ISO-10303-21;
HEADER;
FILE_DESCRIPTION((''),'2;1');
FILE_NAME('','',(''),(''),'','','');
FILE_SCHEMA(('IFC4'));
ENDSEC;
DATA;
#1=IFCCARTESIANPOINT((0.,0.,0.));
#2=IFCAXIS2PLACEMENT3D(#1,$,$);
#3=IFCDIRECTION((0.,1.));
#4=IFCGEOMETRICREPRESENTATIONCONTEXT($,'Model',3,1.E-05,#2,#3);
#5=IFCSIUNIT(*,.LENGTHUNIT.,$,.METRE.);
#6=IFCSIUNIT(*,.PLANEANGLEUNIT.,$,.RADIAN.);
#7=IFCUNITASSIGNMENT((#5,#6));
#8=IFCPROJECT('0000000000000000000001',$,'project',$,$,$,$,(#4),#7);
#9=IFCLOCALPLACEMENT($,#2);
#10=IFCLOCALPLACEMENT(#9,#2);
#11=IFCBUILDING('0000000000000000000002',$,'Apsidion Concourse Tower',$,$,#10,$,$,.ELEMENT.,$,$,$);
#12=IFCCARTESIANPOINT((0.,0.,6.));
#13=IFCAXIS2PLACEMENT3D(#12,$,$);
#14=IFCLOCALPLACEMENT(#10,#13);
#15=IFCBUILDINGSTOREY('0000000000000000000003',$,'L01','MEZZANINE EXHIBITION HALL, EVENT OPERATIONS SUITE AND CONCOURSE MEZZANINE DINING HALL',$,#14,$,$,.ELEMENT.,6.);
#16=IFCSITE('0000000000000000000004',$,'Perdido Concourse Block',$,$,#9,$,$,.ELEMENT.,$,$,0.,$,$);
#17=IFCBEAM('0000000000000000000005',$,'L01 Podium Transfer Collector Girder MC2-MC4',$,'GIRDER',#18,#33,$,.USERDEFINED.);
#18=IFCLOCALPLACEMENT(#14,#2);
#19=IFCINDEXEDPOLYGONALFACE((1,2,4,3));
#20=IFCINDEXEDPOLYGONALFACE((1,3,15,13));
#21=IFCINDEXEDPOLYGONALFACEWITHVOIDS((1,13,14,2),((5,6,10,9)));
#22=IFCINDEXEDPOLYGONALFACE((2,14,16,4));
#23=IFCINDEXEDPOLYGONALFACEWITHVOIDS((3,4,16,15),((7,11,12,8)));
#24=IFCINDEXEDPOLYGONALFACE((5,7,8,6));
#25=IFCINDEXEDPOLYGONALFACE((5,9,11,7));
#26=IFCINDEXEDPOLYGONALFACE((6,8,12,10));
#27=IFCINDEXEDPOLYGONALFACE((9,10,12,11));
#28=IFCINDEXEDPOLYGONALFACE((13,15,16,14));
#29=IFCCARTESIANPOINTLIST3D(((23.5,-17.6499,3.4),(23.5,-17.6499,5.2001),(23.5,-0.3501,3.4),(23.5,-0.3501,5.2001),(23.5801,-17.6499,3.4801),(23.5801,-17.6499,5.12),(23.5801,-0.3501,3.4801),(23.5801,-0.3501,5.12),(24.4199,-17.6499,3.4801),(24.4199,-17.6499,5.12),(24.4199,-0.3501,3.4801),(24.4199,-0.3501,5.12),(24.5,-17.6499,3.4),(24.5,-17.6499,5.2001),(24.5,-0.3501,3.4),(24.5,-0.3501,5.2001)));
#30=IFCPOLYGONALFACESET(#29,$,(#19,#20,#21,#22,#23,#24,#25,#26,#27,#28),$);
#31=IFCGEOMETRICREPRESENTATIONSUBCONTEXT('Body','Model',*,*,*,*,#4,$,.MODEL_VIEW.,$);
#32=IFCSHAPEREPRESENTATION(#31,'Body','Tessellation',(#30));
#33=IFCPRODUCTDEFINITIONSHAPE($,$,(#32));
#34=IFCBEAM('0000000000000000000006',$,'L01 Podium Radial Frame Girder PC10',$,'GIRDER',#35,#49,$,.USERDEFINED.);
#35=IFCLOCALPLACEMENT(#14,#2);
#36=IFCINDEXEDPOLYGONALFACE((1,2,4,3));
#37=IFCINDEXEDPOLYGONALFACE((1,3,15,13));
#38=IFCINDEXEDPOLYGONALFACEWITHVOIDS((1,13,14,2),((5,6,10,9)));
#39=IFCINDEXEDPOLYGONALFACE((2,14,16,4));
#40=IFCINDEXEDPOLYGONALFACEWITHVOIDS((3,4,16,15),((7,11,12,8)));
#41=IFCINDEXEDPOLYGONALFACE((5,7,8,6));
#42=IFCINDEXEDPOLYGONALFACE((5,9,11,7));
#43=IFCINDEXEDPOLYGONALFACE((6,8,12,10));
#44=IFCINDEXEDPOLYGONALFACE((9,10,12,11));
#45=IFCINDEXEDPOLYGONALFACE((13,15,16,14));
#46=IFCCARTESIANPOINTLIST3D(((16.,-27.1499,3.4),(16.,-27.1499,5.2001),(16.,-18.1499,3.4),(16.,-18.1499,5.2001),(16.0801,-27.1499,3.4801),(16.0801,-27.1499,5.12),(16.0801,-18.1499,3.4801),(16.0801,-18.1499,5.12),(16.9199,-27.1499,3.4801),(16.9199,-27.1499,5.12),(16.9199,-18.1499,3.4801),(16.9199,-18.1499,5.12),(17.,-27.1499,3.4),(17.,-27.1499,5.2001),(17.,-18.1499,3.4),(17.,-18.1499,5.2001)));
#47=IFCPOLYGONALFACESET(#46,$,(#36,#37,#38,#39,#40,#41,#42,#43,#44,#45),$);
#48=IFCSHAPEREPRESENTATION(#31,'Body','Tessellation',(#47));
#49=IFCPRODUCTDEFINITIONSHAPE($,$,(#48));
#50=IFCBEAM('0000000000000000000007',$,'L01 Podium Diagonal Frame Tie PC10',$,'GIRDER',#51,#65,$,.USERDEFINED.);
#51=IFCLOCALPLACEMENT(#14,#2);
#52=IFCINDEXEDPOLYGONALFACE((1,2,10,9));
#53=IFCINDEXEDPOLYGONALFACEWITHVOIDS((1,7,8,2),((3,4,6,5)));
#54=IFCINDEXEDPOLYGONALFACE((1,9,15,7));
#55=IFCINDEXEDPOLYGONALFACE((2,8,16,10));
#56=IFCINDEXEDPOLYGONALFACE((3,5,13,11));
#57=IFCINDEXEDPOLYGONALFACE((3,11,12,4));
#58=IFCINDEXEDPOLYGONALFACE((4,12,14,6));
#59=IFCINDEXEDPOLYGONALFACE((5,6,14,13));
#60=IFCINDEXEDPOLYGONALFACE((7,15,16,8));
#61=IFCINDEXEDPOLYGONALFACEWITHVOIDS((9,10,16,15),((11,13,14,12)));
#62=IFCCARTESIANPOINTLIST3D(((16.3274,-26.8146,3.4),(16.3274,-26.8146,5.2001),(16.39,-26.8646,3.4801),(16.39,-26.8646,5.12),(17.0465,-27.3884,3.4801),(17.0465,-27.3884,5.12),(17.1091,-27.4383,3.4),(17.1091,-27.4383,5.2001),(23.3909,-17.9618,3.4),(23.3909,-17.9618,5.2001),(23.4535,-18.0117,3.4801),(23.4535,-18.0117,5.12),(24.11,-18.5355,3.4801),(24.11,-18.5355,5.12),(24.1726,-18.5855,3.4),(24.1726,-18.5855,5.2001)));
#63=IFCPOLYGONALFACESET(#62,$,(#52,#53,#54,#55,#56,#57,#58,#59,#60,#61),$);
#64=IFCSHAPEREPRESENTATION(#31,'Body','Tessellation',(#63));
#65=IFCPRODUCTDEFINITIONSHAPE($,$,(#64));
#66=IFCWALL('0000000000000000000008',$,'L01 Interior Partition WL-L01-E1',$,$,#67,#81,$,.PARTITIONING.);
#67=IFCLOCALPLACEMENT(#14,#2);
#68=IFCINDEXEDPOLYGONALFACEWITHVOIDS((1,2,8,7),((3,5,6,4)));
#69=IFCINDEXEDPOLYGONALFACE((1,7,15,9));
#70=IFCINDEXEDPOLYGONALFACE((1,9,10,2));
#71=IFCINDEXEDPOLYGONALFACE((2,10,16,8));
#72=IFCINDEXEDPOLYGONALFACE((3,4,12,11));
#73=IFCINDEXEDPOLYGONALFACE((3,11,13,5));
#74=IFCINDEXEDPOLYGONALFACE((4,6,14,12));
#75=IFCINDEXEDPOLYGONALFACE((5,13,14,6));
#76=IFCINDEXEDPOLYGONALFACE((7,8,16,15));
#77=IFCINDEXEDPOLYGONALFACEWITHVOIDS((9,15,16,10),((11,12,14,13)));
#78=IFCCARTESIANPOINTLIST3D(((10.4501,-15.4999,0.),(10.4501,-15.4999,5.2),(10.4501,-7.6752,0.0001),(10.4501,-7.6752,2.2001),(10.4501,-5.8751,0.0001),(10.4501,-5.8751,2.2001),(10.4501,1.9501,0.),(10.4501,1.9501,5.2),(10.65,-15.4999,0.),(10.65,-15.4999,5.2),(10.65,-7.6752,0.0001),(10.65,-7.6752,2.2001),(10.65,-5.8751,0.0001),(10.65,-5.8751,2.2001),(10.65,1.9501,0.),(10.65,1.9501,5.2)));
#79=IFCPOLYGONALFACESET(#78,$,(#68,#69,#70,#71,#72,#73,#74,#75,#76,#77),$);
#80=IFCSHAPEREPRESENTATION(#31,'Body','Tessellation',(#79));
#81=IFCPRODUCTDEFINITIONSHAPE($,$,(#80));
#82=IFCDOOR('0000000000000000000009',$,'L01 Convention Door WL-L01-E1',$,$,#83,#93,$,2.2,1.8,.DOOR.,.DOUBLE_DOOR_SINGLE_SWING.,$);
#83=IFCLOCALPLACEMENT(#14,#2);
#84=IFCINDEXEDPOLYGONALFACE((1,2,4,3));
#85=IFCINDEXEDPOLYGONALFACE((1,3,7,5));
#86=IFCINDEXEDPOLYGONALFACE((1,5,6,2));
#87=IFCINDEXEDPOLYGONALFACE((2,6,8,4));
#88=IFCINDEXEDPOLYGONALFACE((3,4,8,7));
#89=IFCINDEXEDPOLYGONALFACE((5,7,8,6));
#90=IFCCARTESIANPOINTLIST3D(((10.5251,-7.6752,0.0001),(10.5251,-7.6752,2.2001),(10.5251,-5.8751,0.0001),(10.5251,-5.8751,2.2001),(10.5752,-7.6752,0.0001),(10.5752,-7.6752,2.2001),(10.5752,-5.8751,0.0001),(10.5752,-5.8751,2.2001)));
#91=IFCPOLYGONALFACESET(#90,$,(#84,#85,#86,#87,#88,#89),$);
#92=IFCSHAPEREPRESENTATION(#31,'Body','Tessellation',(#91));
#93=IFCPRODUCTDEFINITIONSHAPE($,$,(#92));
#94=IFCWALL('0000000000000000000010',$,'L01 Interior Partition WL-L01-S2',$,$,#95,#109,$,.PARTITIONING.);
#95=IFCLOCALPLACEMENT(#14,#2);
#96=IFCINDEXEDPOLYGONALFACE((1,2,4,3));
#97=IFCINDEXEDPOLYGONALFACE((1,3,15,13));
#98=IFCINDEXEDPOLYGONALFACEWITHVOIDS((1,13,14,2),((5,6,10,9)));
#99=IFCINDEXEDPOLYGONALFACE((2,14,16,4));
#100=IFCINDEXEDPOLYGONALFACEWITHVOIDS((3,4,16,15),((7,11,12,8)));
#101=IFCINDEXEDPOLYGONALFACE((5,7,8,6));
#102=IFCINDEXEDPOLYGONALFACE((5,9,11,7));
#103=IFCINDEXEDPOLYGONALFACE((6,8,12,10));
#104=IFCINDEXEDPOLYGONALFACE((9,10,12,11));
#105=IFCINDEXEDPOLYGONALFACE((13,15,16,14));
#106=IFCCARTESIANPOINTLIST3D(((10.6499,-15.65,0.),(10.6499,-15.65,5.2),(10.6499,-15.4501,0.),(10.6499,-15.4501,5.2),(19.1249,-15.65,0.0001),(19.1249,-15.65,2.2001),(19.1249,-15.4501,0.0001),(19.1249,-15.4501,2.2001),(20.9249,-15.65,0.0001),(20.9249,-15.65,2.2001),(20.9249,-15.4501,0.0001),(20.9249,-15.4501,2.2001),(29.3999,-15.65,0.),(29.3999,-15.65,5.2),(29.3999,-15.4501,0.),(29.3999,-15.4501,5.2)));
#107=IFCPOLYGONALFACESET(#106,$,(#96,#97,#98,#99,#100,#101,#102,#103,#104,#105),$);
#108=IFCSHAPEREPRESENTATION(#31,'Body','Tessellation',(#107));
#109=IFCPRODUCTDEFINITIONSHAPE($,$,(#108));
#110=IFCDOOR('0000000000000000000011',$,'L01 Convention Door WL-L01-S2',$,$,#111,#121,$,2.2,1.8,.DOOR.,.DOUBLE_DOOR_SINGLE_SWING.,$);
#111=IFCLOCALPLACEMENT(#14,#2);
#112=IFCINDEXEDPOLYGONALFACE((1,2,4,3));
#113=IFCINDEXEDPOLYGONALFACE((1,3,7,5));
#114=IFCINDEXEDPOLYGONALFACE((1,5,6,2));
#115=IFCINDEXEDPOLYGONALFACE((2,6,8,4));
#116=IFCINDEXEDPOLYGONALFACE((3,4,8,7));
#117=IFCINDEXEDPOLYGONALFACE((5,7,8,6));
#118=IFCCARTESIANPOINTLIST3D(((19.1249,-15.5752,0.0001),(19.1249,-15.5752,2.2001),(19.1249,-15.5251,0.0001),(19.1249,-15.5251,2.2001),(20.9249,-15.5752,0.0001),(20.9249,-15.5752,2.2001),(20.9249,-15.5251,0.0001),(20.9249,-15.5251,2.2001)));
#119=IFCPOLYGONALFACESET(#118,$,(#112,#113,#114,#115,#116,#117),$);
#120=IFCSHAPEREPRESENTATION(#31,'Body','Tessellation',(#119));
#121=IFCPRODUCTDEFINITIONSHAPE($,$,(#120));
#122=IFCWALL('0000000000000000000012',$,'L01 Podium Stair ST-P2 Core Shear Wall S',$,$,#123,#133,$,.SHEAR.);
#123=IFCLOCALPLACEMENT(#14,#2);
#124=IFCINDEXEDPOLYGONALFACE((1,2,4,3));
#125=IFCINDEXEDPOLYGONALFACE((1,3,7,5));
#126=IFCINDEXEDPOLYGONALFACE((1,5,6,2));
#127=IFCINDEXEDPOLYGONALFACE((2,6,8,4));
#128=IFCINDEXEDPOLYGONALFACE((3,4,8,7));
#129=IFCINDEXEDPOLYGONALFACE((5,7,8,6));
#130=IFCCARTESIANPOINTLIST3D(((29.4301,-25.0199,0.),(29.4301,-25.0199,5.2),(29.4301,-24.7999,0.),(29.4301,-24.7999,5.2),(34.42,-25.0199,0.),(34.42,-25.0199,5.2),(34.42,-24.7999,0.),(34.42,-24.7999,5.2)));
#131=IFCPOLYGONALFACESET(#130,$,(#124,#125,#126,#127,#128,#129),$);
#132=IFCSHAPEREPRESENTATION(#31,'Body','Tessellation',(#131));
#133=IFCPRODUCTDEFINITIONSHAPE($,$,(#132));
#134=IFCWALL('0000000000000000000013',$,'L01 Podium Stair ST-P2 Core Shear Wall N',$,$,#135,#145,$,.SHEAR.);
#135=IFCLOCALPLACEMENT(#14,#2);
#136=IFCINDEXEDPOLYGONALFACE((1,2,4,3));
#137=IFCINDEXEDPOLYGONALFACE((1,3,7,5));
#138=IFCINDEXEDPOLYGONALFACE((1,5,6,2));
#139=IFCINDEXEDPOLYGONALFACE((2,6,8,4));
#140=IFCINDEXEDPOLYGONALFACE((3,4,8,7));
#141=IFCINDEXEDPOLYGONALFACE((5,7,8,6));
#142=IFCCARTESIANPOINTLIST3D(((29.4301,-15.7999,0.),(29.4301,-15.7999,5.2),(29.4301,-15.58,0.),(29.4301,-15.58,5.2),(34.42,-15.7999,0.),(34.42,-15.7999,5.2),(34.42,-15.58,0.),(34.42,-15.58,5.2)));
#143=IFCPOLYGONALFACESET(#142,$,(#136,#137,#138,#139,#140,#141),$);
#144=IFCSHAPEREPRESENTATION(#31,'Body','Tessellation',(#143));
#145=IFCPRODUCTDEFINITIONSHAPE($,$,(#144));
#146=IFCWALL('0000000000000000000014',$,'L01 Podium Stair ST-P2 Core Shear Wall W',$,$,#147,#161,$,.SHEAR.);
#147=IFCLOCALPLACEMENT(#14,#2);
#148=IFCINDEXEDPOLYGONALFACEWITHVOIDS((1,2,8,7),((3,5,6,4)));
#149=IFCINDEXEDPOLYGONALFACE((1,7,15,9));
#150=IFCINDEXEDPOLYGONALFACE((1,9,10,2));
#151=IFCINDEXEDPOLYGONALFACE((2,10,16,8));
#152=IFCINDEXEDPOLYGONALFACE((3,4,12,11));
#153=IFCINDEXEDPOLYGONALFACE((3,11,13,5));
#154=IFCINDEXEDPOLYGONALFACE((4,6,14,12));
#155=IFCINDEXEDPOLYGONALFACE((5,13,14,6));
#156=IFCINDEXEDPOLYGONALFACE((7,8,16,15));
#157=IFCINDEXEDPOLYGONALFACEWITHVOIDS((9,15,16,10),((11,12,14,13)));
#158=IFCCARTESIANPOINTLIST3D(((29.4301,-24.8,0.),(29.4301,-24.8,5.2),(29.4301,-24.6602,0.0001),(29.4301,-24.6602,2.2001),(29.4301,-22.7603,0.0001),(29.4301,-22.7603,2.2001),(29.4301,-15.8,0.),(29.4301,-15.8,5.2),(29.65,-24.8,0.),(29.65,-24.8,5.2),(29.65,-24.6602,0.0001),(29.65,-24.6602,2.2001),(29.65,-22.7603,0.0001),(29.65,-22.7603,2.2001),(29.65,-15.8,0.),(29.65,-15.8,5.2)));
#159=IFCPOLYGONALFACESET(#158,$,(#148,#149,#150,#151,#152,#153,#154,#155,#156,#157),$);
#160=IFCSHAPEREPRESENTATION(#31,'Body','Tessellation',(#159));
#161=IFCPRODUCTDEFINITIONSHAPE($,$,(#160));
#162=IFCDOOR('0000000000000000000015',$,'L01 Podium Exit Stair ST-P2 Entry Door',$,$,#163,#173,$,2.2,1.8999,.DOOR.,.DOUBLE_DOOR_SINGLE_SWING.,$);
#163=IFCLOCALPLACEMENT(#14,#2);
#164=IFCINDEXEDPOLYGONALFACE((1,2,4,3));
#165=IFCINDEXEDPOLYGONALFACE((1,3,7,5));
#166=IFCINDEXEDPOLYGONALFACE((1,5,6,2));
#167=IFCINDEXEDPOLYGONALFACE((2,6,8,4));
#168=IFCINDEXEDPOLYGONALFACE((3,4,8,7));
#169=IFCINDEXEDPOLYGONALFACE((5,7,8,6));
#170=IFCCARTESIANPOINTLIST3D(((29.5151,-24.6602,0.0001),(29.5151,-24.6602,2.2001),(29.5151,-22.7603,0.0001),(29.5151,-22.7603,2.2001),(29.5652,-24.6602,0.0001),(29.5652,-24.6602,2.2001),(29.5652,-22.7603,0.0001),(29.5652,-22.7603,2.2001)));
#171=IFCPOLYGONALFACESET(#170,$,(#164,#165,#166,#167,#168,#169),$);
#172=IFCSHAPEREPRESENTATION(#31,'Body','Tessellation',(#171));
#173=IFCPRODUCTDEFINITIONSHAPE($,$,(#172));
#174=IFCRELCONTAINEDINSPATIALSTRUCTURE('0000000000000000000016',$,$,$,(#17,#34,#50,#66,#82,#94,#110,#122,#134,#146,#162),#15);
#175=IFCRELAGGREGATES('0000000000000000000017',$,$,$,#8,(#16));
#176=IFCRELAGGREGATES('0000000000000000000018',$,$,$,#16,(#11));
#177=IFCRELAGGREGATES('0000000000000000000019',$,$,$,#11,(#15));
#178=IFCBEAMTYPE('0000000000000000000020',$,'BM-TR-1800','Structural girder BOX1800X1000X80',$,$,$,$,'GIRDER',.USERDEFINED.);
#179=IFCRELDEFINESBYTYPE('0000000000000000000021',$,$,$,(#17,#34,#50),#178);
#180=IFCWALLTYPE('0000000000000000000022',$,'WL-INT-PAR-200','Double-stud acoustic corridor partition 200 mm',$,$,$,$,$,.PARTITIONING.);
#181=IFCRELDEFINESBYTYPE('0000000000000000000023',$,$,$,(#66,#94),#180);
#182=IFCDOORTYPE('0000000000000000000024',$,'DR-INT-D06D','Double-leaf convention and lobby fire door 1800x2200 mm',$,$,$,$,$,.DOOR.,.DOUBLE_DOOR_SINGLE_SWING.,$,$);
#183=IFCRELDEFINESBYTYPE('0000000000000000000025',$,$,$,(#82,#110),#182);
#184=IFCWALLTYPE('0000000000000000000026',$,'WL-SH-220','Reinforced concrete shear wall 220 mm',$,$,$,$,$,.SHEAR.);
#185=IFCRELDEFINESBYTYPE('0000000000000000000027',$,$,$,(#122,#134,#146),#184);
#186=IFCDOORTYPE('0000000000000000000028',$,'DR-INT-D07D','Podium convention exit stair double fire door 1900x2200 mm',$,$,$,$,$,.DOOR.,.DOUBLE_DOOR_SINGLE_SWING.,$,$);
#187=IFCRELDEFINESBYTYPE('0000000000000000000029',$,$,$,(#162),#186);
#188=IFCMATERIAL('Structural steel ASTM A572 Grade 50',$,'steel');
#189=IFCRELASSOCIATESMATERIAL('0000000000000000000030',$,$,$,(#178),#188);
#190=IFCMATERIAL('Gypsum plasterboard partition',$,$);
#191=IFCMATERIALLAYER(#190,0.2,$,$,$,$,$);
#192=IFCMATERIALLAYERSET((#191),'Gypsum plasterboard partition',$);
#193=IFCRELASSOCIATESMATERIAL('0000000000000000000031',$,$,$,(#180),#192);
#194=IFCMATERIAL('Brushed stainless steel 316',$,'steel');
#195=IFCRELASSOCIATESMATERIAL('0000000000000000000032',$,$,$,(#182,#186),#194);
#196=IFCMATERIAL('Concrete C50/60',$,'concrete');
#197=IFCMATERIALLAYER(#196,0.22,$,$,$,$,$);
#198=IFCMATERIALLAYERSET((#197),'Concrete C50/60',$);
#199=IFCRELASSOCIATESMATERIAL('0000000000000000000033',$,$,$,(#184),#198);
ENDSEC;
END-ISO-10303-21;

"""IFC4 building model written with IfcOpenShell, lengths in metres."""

from ifc_helpers import new_model, si_unit, direction, frame, frame_2d, origin, origin_2d, place, context, subcontext, project, spatial, rectangle, hollow_rectangle, extrude, material, layer, layer_set, material_profile, profile_set, type_object, element, fill, save


model = new_model("IFC4")

# Units and contexts
model_context = context("Model", 3, precision=1e-05, world=origin(), true_north=direction((0.0, 1.0)))
body_context = subcontext(model_context, "Body", "Model", "MODEL_VIEW")
ifc_project = project(units=[si_unit("LENGTHUNIT", "METRE"), si_unit("PLANEANGLEUNIT", "RADIAN")], contexts=[model_context])

# Site, building, storey
site_placement = place(None, origin())
site = spatial("IfcSite", under=ifc_project, at=site_placement, Name="Perdido Concourse Block", CompositionType="ELEMENT", RefElevation=0.0)
building_placement = place(site_placement, origin())
building = spatial("IfcBuilding", under=site, at=building_placement, Name="Apsidion Concourse Tower", CompositionType="ELEMENT")
storey_placement = place(building_placement, frame((0.0, 0.0, 6.0)))
storey = spatial("IfcBuildingStorey", under=building, at=storey_placement, Name="L01", Description="MEZZANINE EXHIBITION HALL, EVENT OPERATIONS SUITE AND CONCOURSE MEZZANINE DINING HALL", CompositionType="ELEMENT", Elevation=6.0)

# Shared definitions
ifc_material_1 = material(Name="Structural steel ASTM A572 Grade 50", Category="steel")
ifc_material_2 = material(Name="Concrete C50/60", Category="concrete")

# Beams
ifc_material_profile_1 = material_profile(ifc_material_1, hollow_rectangle(XDim=1.0, YDim=1.8, WallThickness=0.0801, at=origin_2d()), Name="BOX1800X1000X80")
ifc_profile_set_1 = profile_set([ifc_material_profile_1], Name="Structural steel ASTM A572 Grade 50")
beam_type_1 = type_object("IfcBeamType", Name="BM-TR-1800", Description="Structural girder BOX1800X1000X80", ElementType="GIRDER", PredefinedType="USERDEFINED", material=ifc_profile_set_1)
beam_1_placement = place(storey_placement, frame((24.0, -17.6499, 4.3), z_axis=(0.0, 1.0, 0.0), x_axis=(-1.0, 0.0, 0.0)))
element("IfcBeam", 1, at=beam_1_placement, inside=storey, type_object=beam_type_1, Name="L01 Podium Transfer Collector Girder MC2-MC4", ObjectType="GIRDER", PredefinedType="USERDEFINED", context=body_context, shape_type="SweptSolid", body=[
    extrude(hollow_rectangle(XDim=1.0, YDim=1.8, WallThickness=0.0801, at=origin_2d()), origin(), (0.0, 0.0, 1.0), 17.2998),
])
beam_2_placement = place(storey_placement, frame((16.5, -27.1499, 4.3), z_axis=(0.0, 1.0, 0.0), x_axis=(-1.0, 0.0, 0.0)))
element("IfcBeam", 2, at=beam_2_placement, inside=storey, type_object=beam_type_1, Name="L01 Podium Radial Frame Girder PC10", ObjectType="GIRDER", PredefinedType="USERDEFINED", context=body_context, shape_type="SweptSolid", body=[
    extrude(hollow_rectangle(XDim=1.0, YDim=1.8, WallThickness=0.0801, at=origin_2d()), origin(), (0.0, 0.0, 1.0), 9.0),
])
beam_3_placement = place(storey_placement, frame((16.7183, -27.1265, 4.3), z_axis=(0.623685, 0.781676, 0.0), x_axis=(-0.781676, 0.623685, 0.0)))
element("IfcBeam", 3, at=beam_3_placement, inside=storey, type_object=beam_type_1, Name="L01 Podium Diagonal Frame Tie PC10", ObjectType="GIRDER", PredefinedType="USERDEFINED", context=body_context, shape_type="SweptSolid", body=[
    extrude(hollow_rectangle(XDim=1.0, YDim=1.8, WallThickness=0.0801, at=origin_2d()), origin(), (0.0, 0.0, 1.0), 11.3254),
])

# Walls, openings, doors
ifc_material_3 = material(Name="Gypsum plasterboard partition")
ifc_layer_1 = layer(ifc_material_3, 0.2)
ifc_layer_set_1 = layer_set([ifc_layer_1], Name="Gypsum plasterboard partition")
wall_type_1 = type_object("IfcWallType", Name="WL-INT-PAR-200", Description="Double-stud acoustic corridor partition 200 mm", PredefinedType="PARTITIONING", material=ifc_layer_set_1)
wall_1_placement = place(storey_placement, frame((10.55, -15.5, 0.0), z_axis=(0.0, 0.0, 1.0), x_axis=(0.0, 1.0, 0.0)))
wall_1 = element("IfcWall", 4, at=wall_1_placement, inside=storey, type_object=wall_type_1, Name="L01 Interior Partition WL-L01-E1", PredefinedType="PARTITIONING", context=body_context, shape_type="SweptSolid", body=[
    extrude(rectangle(XDim=17.45, YDim=0.2, at=frame_2d((8.7251, 0.0))), origin(), (0.0, 0.0, 1.0), 5.2),
])
opening_1_placement = place(wall_1_placement, frame((7.825, 0.0, 0.0)))
opening_1 = element("IfcOpeningElement", 5, at=opening_1_placement, cuts=wall_1, PredefinedType="OPENING", context=body_context, shape_type="SweptSolid", body=[
    extrude(rectangle(XDim=1.8, YDim=2.2, at=frame_2d((0.8999, 1.1001))), frame((0.0, 0.1099, 0.0), z_axis=(0.0, -1.0, 0.0), x_axis=(1.0, 0.0, 0.0)), (0.0, 0.0, 1.0), 0.22),
])
ifc_material_4 = material(Name="Brushed stainless steel 316", Category="steel")
door_type_1 = type_object("IfcDoorType", Name="DR-INT-D06D", Description="Double-leaf convention and lobby fire door 1800x2200 mm", OperationType="DOUBLE_DOOR_SINGLE_SWING", PredefinedType="DOOR", material=ifc_material_4)
door_1_placement = place(opening_1_placement, origin())
door_1 = element("IfcDoor", 6, at=door_1_placement, inside=storey, type_object=door_type_1, Name="L01 Convention Door WL-L01-E1", OperationType="DOUBLE_DOOR_SINGLE_SWING", OverallHeight=2.2, OverallWidth=1.8, PredefinedType="DOOR", context=body_context, shape_type="SweptSolid", body=[
    extrude(rectangle(XDim=1.8, YDim=2.2, at=frame_2d((0.8999, 1.1001))), frame((0.0, 0.0249, 0.0), z_axis=(0.0, -1.0, 0.0), x_axis=(1.0, 0.0, 0.0)), (0.0, 0.0, 1.0), 0.05),
])
fill(opening_1, door_1)
wall_2_placement = place(storey_placement, frame((10.6499, -15.55, 0.0), z_axis=(0.0, 0.0, 1.0), x_axis=(1.0, 0.0, 0.0)))
wall_2 = element("IfcWall", 7, at=wall_2_placement, inside=storey, type_object=wall_type_1, Name="L01 Interior Partition WL-L01-S2", PredefinedType="PARTITIONING", context=body_context, shape_type="SweptSolid", body=[
    extrude(rectangle(XDim=18.75, YDim=0.2, at=frame_2d((9.375, 0.0))), origin(), (0.0, 0.0, 1.0), 5.2),
])
opening_2_placement = place(wall_2_placement, frame((8.4751, 0.0, 0.0)))
opening_2 = element("IfcOpeningElement", 8, at=opening_2_placement, cuts=wall_2, PredefinedType="OPENING", context=body_context, shape_type="SweptSolid", body=[
    extrude(rectangle(XDim=1.8, YDim=2.2, at=frame_2d((0.8999, 1.1001))), frame((0.0, 0.1099, 0.0), z_axis=(0.0, -1.0, 0.0), x_axis=(1.0, 0.0, 0.0)), (0.0, 0.0, 1.0), 0.22),
])
door_2_placement = place(opening_2_placement, origin())
door_2 = element("IfcDoor", 9, at=door_2_placement, inside=storey, type_object=door_type_1, Name="L01 Convention Door WL-L01-S2", OperationType="DOUBLE_DOOR_SINGLE_SWING", OverallHeight=2.2, OverallWidth=1.8, PredefinedType="DOOR", context=body_context, shape_type="SweptSolid", body=[
    extrude(rectangle(XDim=1.8, YDim=2.2, at=frame_2d((0.8999, 1.1001))), frame((0.0, 0.0249, 0.0), z_axis=(0.0, -1.0, 0.0), x_axis=(1.0, 0.0, 0.0)), (0.0, 0.0, 1.0), 0.05),
])
fill(opening_2, door_2)

# Walls
ifc_layer_2 = layer(ifc_material_2, 0.22)
ifc_layer_set_2 = layer_set([ifc_layer_2], Name="Concrete C50/60")
wall_type_2 = type_object("IfcWallType", Name="WL-SH-220", Description="Reinforced concrete shear wall 220 mm", PredefinedType="SHEAR", material=ifc_layer_set_2)
for number, where, z_axis, x_axis, name in (
    (10, (29.4299, -24.9099, 0.0), (0.0, 0.0, 1.0), (1.0, 0.0, 0.0), "L01 Podium Stair ST-P2 Core Shear Wall S"),
    (11, (29.4299, -15.6899, 0.0), (0.0, 0.0, 1.0), (1.0, 0.0, 0.0), "L01 Podium Stair ST-P2 Core Shear Wall N"),
):
    element("IfcWall", number, at=place(storey_placement, frame(where, z_axis=z_axis, x_axis=x_axis)), inside=storey, type_object=wall_type_2, Name=name, PredefinedType="SHEAR", context=body_context, shape_type="SweptSolid", body=[
        extrude(rectangle(XDim=4.99, YDim=0.22, at=frame_2d((2.4951, 0.0))), origin(), (0.0, 0.0, 1.0), 5.2),
    ])

# Wall, opening, door
wall_3_placement = place(storey_placement, frame((29.54, -24.8, 0.0), z_axis=(0.0, 0.0, 1.0), x_axis=(0.0, 1.0, 0.0)))
wall_3 = element("IfcWall", 12, at=wall_3_placement, inside=storey, type_object=wall_type_2, Name="L01 Podium Stair ST-P2 Core Shear Wall W", PredefinedType="SHEAR", context=body_context, shape_type="SweptSolid", body=[
    extrude(rectangle(XDim=9.0, YDim=0.22, at=frame_2d((4.5, 0.0))), origin(), (0.0, 0.0, 1.0), 5.2),
])
opening_3_placement = place(wall_3_placement, frame((0.1399, 0.0, 0.0)))
opening_3 = element("IfcOpeningElement", 13, at=opening_3_placement, cuts=wall_3, PredefinedType="OPENING", context=body_context, shape_type="SweptSolid", body=[
    extrude(rectangle(XDim=1.8999, YDim=2.2, at=frame_2d((0.95, 1.1001))), frame((0.0, 0.1201, 0.0), z_axis=(0.0, -1.0, 0.0), x_axis=(1.0, 0.0, 0.0)), (0.0, 0.0, 1.0), 0.24),
])
door_type_2 = type_object("IfcDoorType", Name="DR-INT-D07D", Description="Podium convention exit stair double fire door 1900x2200 mm", OperationType="DOUBLE_DOOR_SINGLE_SWING", PredefinedType="DOOR", material=ifc_material_4)
door_3_placement = place(opening_3_placement, origin())
door_3 = element("IfcDoor", 14, at=door_3_placement, inside=storey, type_object=door_type_2, Name="L01 Podium Exit Stair ST-P2 Entry Door", OperationType="DOUBLE_DOOR_SINGLE_SWING", OverallHeight=2.2, OverallWidth=1.8999, PredefinedType="DOOR", context=body_context, shape_type="SweptSolid", body=[
    extrude(rectangle(XDim=1.8999, YDim=2.2, at=frame_2d((0.95, 1.1001))), frame((0.0, 0.0249, 0.0), z_axis=(0.0, -1.0, 0.0), x_axis=(1.0, 0.0, 0.0)), (0.0, 0.0, 1.0), 0.05),
])
fill(opening_3, door_3)

save(model, "model.ifc")
